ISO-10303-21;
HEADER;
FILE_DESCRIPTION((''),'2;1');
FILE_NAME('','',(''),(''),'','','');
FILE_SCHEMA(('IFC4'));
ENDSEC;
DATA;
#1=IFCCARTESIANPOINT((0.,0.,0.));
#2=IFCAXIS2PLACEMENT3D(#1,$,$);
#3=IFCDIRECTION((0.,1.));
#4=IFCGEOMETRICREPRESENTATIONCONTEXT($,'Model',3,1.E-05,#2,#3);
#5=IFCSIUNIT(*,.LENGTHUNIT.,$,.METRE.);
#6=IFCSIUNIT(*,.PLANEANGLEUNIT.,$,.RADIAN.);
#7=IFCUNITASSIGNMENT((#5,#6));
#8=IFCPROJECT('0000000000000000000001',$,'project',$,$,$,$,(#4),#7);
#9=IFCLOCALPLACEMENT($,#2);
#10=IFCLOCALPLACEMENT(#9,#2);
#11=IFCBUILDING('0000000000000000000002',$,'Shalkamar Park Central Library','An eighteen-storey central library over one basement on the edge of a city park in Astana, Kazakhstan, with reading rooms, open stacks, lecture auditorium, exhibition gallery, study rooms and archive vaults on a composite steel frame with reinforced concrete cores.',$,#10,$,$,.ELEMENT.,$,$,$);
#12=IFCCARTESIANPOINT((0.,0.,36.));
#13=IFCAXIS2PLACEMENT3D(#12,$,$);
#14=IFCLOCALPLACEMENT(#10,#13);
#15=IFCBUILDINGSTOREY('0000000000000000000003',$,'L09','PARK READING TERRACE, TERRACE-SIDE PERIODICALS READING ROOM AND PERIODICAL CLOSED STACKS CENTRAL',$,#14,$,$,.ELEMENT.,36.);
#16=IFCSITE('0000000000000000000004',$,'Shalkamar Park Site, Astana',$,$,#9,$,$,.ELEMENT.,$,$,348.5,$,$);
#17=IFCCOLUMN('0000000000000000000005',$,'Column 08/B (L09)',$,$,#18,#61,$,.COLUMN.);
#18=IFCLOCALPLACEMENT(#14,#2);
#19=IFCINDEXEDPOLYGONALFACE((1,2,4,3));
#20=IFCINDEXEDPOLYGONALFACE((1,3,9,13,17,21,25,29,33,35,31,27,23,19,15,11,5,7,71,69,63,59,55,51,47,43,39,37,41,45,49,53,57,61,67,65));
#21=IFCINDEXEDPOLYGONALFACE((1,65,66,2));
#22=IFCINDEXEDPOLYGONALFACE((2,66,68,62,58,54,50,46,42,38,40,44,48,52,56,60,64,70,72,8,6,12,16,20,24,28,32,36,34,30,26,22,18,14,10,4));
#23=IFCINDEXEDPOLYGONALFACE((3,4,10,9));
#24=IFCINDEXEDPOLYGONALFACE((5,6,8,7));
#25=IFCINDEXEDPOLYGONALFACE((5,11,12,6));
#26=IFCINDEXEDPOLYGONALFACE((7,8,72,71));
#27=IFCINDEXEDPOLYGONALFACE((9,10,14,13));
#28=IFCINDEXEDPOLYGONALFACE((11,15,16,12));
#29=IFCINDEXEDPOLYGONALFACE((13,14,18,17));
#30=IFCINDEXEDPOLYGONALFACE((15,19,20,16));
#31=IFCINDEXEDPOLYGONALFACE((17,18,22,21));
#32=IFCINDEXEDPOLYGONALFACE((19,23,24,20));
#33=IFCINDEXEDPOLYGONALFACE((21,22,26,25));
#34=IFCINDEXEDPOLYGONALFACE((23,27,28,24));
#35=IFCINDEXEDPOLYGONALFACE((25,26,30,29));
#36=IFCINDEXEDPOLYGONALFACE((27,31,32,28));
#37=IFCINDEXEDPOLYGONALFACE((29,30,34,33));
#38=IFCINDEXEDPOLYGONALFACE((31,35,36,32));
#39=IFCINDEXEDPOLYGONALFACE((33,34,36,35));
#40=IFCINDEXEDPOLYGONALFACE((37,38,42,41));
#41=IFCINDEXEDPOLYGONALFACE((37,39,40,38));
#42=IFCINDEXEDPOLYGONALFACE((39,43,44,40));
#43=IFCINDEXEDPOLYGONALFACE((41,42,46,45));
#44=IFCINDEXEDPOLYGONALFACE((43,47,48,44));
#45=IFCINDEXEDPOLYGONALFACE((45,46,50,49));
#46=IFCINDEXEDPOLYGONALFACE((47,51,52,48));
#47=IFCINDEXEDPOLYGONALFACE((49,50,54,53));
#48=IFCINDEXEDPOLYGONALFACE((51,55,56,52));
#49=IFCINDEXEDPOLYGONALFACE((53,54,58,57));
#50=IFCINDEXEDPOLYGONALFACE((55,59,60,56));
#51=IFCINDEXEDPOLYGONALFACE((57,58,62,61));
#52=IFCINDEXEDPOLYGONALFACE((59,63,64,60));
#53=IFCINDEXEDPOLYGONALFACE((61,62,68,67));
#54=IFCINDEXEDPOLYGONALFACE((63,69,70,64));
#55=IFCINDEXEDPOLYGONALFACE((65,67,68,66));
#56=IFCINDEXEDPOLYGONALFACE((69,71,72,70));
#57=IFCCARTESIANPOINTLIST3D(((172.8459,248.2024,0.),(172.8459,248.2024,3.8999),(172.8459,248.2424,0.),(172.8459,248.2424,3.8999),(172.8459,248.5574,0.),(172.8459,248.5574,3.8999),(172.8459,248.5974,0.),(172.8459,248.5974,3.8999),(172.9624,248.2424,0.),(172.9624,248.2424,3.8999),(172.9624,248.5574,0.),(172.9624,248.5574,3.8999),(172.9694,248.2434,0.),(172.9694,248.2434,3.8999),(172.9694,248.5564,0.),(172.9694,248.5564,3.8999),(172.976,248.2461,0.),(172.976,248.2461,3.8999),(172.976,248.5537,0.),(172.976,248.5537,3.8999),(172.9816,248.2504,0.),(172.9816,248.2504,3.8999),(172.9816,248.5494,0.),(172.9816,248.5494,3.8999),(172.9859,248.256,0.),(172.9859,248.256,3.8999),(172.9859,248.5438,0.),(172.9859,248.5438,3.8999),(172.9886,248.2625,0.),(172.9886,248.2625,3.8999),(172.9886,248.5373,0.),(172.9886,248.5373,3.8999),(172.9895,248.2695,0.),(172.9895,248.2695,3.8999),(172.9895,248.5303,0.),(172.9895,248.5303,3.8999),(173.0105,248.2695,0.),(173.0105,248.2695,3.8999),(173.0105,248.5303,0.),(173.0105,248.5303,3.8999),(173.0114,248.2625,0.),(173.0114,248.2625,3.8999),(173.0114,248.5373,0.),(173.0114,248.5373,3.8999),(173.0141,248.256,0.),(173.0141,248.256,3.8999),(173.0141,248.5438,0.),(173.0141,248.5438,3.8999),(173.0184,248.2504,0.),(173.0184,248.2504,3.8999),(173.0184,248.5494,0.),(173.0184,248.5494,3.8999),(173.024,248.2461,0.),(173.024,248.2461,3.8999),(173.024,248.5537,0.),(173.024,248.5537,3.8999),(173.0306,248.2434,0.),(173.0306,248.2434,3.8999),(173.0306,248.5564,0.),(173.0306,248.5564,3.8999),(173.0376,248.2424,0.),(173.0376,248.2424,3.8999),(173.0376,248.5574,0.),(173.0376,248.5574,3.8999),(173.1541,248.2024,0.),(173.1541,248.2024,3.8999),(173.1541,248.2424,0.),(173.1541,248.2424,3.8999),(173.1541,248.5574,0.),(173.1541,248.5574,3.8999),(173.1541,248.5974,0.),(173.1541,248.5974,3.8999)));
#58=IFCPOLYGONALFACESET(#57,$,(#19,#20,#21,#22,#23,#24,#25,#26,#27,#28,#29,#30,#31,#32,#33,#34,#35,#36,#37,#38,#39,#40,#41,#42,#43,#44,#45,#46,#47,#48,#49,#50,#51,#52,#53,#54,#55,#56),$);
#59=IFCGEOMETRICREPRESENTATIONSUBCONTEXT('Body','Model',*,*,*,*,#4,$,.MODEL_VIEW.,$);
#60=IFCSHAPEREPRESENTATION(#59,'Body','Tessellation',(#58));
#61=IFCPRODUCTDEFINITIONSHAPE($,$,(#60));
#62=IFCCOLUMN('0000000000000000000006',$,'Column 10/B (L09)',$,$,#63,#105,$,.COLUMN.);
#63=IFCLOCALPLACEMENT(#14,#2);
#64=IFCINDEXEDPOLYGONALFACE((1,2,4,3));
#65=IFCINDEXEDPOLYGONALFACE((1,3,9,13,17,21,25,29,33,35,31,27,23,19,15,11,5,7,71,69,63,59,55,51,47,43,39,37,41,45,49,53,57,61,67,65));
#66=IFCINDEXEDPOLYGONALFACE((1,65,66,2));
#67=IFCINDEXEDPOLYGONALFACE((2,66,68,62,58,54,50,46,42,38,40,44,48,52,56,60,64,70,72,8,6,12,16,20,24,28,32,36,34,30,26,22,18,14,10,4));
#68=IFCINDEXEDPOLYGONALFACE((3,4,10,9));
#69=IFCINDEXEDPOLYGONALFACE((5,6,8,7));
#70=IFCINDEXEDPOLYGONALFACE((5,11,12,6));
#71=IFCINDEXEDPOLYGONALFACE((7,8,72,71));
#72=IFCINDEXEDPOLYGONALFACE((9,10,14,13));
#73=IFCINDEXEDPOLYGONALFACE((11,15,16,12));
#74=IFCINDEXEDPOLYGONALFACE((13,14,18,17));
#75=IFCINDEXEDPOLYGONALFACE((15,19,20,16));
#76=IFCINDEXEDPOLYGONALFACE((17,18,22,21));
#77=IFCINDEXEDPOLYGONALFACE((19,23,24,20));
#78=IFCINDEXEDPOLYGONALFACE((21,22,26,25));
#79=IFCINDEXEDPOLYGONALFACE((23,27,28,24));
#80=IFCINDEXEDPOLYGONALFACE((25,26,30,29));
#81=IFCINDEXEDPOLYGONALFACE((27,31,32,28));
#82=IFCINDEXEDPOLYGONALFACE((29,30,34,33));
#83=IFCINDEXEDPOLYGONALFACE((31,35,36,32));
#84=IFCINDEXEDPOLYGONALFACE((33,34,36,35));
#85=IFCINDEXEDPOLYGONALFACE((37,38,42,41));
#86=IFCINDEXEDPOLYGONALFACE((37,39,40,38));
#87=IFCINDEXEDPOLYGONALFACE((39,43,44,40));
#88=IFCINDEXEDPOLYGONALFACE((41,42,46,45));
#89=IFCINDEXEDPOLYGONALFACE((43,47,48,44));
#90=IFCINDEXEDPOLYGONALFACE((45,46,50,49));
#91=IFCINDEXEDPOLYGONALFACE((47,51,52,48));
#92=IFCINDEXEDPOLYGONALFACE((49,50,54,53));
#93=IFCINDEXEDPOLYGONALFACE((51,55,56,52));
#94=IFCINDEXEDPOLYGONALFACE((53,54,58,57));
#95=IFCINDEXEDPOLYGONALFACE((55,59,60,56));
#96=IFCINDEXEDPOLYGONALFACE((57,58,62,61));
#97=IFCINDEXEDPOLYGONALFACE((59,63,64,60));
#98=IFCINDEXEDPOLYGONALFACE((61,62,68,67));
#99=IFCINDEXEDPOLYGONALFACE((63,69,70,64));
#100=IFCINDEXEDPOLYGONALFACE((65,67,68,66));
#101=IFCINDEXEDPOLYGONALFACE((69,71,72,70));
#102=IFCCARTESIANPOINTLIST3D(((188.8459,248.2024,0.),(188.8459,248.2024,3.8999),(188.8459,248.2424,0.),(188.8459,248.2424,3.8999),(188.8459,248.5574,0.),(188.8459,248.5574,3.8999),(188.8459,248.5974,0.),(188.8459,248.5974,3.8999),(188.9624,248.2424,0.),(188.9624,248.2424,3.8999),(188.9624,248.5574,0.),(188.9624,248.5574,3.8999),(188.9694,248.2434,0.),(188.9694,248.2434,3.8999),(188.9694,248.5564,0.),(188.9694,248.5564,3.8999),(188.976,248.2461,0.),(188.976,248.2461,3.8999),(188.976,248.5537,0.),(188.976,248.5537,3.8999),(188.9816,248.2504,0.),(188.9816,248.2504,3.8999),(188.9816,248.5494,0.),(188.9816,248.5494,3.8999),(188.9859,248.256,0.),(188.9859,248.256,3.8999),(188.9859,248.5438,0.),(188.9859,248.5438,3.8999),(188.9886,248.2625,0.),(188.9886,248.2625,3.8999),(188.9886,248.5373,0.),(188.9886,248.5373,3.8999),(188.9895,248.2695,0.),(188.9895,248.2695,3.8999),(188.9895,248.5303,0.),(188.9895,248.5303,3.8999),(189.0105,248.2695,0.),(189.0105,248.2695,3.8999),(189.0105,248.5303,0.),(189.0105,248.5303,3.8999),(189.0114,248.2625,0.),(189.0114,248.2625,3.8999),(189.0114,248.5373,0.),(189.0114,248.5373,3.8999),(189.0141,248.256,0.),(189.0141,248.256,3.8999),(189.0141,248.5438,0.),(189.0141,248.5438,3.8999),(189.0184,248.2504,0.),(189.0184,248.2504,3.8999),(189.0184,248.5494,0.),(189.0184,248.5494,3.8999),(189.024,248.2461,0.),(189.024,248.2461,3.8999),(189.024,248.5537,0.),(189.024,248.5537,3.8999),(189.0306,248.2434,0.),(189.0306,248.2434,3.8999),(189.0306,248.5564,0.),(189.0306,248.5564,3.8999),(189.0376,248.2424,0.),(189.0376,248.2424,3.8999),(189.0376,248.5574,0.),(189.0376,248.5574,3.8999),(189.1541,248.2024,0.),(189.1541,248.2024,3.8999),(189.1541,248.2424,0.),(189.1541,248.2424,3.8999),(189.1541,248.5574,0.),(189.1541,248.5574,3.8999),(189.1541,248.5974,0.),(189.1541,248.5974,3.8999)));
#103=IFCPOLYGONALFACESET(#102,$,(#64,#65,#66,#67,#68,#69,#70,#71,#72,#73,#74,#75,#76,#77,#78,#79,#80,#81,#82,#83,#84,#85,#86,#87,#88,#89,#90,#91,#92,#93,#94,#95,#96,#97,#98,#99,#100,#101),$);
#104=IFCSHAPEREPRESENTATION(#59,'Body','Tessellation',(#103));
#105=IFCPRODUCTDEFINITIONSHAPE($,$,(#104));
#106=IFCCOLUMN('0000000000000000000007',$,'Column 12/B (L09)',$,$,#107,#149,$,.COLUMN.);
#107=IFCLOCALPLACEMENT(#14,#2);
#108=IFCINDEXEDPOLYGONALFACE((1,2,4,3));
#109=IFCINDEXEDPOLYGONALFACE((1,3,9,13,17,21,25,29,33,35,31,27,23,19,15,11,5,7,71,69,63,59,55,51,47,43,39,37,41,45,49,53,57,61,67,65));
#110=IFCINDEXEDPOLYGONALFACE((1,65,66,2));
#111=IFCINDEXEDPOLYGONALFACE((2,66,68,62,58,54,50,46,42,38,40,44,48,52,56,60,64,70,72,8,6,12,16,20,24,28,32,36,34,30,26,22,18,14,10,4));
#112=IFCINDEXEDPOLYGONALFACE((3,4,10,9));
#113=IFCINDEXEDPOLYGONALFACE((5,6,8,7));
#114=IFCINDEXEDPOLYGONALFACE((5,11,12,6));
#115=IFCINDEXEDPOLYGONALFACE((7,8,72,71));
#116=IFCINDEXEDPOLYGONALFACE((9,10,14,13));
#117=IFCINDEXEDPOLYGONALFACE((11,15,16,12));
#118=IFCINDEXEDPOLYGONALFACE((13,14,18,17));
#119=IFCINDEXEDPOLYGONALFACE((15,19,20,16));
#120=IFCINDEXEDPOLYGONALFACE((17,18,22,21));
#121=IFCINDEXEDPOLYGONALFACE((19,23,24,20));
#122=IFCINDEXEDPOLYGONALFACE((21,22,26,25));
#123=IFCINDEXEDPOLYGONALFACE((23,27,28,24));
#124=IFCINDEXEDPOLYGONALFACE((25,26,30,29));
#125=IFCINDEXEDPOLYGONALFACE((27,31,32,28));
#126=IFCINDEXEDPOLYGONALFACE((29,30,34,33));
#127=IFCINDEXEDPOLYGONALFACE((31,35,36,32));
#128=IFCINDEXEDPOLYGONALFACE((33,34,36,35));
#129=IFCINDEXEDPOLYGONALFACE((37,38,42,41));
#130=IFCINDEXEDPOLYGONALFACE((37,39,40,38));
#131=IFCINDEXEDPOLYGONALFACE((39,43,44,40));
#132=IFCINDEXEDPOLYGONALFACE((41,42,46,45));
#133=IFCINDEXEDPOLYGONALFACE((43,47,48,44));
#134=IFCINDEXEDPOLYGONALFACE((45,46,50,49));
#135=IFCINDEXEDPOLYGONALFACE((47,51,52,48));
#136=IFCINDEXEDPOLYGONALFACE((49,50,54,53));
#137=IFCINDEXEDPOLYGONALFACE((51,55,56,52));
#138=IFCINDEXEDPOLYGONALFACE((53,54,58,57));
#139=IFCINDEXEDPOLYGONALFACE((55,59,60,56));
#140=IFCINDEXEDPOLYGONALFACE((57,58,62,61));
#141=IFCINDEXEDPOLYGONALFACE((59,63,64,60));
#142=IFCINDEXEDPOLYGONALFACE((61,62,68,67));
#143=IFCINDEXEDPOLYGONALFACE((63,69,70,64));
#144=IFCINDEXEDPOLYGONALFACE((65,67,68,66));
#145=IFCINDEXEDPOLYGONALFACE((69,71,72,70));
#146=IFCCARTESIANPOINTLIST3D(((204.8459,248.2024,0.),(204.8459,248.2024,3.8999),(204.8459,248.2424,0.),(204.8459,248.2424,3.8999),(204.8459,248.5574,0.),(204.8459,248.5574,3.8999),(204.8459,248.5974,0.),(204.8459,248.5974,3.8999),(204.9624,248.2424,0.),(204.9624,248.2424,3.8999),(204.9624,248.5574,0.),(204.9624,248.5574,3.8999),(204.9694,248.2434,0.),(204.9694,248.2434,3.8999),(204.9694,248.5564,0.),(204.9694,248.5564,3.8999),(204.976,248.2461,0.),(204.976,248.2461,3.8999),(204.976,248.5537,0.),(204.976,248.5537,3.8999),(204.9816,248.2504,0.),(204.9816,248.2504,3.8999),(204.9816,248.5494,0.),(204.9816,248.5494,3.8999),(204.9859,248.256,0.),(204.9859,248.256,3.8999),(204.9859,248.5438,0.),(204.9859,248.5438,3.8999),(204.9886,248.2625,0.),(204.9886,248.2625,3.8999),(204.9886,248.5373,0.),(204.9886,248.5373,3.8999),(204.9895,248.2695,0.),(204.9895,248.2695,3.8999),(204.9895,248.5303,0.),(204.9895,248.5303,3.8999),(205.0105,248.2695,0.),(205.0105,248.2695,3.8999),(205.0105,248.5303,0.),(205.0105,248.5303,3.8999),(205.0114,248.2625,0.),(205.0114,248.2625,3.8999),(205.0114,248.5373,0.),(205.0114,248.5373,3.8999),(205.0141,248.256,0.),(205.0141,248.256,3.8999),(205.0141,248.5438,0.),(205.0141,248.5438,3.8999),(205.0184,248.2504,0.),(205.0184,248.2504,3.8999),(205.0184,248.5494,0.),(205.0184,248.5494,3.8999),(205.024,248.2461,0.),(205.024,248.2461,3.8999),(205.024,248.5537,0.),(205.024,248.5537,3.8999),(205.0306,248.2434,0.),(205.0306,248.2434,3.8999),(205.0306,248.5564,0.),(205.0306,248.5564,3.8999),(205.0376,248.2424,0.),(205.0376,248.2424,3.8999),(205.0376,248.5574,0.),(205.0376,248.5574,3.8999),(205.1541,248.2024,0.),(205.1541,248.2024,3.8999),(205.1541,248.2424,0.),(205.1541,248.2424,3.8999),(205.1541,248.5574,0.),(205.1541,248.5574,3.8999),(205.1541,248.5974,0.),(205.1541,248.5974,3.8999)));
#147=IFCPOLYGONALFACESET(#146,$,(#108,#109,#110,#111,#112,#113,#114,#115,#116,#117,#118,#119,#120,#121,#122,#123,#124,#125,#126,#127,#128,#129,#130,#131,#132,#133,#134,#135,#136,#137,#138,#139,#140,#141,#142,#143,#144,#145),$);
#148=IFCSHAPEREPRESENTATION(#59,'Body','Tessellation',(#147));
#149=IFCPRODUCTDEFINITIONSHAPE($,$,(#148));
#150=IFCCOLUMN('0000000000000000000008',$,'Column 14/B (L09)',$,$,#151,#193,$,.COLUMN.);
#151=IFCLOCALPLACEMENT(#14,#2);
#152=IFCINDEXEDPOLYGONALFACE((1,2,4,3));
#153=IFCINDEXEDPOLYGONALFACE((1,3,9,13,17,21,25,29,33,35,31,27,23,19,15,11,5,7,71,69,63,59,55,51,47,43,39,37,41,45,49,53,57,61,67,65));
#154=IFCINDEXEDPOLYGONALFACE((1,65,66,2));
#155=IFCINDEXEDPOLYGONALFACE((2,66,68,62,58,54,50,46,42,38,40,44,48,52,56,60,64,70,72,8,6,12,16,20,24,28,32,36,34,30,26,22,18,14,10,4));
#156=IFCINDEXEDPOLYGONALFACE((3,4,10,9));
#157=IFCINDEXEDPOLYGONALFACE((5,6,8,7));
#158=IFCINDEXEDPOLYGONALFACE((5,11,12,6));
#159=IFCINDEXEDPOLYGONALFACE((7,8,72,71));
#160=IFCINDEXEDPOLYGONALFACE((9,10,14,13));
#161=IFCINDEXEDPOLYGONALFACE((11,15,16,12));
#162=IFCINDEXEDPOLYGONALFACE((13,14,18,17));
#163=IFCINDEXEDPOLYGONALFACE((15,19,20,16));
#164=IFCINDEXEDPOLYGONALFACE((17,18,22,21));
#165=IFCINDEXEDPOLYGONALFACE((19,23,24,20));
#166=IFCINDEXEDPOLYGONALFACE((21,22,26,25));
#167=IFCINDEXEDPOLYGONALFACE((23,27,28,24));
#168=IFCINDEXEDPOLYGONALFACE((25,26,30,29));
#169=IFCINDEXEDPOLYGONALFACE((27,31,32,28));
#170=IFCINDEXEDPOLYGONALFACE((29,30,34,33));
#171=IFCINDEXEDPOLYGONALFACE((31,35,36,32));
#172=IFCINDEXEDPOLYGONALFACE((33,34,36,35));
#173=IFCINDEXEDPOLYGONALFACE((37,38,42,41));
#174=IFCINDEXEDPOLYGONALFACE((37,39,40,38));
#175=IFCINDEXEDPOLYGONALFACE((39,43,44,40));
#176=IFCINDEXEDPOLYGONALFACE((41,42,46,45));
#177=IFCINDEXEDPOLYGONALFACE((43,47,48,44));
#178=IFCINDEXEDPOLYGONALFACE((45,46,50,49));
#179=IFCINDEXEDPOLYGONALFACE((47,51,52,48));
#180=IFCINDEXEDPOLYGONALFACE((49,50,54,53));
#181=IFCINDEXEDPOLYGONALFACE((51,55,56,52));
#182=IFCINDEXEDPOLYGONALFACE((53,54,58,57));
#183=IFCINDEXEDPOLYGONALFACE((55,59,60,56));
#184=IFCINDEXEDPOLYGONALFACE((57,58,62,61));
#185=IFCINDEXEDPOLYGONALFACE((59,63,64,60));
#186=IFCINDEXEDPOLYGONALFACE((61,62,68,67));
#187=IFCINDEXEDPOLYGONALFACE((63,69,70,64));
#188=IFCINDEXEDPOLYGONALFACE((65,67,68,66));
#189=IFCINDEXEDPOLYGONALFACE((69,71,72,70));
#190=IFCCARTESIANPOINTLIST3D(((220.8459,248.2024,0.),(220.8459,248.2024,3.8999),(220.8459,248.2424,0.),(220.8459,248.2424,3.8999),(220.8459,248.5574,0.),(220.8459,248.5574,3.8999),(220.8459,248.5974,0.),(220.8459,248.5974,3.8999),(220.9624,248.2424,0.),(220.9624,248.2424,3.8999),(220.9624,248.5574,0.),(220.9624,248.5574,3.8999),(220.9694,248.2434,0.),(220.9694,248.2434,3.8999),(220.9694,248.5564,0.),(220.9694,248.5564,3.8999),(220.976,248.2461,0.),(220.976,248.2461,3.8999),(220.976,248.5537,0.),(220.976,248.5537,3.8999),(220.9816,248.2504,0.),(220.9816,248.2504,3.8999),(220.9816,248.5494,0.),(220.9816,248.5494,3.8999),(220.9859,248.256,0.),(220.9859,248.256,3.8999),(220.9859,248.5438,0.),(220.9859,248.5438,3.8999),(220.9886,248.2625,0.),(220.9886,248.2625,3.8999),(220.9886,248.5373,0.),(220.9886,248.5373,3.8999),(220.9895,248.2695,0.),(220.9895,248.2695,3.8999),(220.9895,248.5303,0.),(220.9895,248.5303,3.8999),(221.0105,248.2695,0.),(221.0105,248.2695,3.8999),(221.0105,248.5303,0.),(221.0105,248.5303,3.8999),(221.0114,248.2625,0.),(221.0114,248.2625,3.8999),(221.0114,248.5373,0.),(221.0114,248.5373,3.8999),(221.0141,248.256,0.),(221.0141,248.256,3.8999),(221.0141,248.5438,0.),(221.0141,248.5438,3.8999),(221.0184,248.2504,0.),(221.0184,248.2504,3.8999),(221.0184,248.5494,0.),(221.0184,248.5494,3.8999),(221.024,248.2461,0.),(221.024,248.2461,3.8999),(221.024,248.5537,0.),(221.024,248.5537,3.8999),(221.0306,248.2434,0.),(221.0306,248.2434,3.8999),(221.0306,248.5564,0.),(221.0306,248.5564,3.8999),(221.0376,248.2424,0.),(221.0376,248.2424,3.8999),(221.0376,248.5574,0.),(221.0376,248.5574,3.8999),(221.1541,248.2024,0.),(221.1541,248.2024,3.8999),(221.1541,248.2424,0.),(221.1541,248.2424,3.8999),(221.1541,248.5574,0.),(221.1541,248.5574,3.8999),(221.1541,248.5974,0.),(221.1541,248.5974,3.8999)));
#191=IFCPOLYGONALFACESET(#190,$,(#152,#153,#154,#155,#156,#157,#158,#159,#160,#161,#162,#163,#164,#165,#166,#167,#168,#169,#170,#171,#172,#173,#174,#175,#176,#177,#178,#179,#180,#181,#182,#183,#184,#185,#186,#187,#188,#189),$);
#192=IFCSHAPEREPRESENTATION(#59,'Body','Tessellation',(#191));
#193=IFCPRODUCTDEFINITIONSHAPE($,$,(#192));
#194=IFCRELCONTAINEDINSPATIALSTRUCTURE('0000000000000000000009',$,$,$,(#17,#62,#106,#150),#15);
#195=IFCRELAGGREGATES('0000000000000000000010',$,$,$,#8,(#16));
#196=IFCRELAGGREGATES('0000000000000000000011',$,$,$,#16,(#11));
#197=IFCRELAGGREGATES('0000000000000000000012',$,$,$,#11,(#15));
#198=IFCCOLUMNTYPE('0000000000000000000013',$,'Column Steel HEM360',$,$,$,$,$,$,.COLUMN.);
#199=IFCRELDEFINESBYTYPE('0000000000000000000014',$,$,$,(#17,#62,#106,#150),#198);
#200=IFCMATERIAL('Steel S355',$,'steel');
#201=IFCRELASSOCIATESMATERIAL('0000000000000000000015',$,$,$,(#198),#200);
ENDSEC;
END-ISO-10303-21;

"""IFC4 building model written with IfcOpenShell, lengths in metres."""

from ifc_helpers import new_model, si_unit, direction, frame, origin, origin_2d, place, context, subcontext, project, spatial, i_section, extrude, material, material_profile, profile_set, type_object, element, save


model = new_model("IFC4")

# Units and contexts
model_context = context("Model", 3, precision=1e-05, world=origin(), true_north=direction((0.0, 1.0)))
body_context = subcontext(model_context, "Body", "Model", "MODEL_VIEW")
ifc_project = project(units=[si_unit("LENGTHUNIT", "METRE"), si_unit("PLANEANGLEUNIT", "RADIAN")], contexts=[model_context])

# Site, building, storey
site_placement = place(None, origin())
site = spatial("IfcSite", under=ifc_project, at=site_placement, Name="Shalkamar Park Site, Astana", CompositionType="ELEMENT", RefElevation=348.5)
building_placement = place(site_placement, origin())
building = spatial("IfcBuilding", under=site, at=building_placement, Name="Shalkamar Park Central Library", Description="An eighteen-storey central library over one basement on the edge of a city park in Astana, Kazakhstan, with reading rooms, open stacks, lecture auditorium, exhibition gallery, study rooms and archive vaults on a composite steel frame with reinforced concrete cores.", CompositionType="ELEMENT")
storey_placement = place(building_placement, frame((0.0, 0.0, 36.0)))
storey = spatial("IfcBuildingStorey", under=building, at=storey_placement, Name="L09", Description="PARK READING TERRACE, TERRACE-SIDE PERIODICALS READING ROOM AND PERIODICAL CLOSED STACKS CENTRAL", CompositionType="ELEMENT", Elevation=36.0)

# Columns
ifc_material_1 = material(Name="Steel S355", Category="steel")
ifc_material_profile_1 = material_profile(ifc_material_1, i_section(OverallWidth=0.3081, OverallDepth=0.395, WebThickness=0.021, FlangeThickness=0.04, FilletRadius=0.0271, at=origin_2d()), Name="HEM 360")
ifc_profile_set_1 = profile_set([ifc_material_profile_1], Name="Steel S355")
column_type_1 = type_object("IfcColumnType", Name="Column Steel HEM360", PredefinedType="COLUMN", material=ifc_profile_set_1)
for number, where, z_axis, x_axis, name in (
    (1, (173.0, 248.3999, 0.0), (0.0, 0.0, 1.0), (1.0, 0.0, 0.0), "Column 08/B (L09)"),
    (2, (189.0, 248.3999, 0.0), (0.0, 0.0, 1.0), (1.0, 0.0, 0.0), "Column 10/B (L09)"),
    (3, (205.0, 248.3999, 0.0), (0.0, 0.0, 1.0), (1.0, 0.0, 0.0), "Column 12/B (L09)"),
    (4, (221.0, 248.3999, 0.0), (0.0, 0.0, 1.0), (1.0, 0.0, 0.0), "Column 14/B (L09)"),
):
    element("IfcColumn", number, at=place(storey_placement, frame(where, z_axis=z_axis, x_axis=x_axis)), inside=storey, type_object=column_type_1, Name=name, PredefinedType="COLUMN", context=body_context, shape_type="SweptSolid", body=[
        extrude(i_section(OverallWidth=0.3081, OverallDepth=0.395, WebThickness=0.021, FlangeThickness=0.04, FilletRadius=0.0271, at=origin_2d()), origin(), (0.0, 0.0, 1.0), 3.8999),
    ])

save(model, "model.ifc")
